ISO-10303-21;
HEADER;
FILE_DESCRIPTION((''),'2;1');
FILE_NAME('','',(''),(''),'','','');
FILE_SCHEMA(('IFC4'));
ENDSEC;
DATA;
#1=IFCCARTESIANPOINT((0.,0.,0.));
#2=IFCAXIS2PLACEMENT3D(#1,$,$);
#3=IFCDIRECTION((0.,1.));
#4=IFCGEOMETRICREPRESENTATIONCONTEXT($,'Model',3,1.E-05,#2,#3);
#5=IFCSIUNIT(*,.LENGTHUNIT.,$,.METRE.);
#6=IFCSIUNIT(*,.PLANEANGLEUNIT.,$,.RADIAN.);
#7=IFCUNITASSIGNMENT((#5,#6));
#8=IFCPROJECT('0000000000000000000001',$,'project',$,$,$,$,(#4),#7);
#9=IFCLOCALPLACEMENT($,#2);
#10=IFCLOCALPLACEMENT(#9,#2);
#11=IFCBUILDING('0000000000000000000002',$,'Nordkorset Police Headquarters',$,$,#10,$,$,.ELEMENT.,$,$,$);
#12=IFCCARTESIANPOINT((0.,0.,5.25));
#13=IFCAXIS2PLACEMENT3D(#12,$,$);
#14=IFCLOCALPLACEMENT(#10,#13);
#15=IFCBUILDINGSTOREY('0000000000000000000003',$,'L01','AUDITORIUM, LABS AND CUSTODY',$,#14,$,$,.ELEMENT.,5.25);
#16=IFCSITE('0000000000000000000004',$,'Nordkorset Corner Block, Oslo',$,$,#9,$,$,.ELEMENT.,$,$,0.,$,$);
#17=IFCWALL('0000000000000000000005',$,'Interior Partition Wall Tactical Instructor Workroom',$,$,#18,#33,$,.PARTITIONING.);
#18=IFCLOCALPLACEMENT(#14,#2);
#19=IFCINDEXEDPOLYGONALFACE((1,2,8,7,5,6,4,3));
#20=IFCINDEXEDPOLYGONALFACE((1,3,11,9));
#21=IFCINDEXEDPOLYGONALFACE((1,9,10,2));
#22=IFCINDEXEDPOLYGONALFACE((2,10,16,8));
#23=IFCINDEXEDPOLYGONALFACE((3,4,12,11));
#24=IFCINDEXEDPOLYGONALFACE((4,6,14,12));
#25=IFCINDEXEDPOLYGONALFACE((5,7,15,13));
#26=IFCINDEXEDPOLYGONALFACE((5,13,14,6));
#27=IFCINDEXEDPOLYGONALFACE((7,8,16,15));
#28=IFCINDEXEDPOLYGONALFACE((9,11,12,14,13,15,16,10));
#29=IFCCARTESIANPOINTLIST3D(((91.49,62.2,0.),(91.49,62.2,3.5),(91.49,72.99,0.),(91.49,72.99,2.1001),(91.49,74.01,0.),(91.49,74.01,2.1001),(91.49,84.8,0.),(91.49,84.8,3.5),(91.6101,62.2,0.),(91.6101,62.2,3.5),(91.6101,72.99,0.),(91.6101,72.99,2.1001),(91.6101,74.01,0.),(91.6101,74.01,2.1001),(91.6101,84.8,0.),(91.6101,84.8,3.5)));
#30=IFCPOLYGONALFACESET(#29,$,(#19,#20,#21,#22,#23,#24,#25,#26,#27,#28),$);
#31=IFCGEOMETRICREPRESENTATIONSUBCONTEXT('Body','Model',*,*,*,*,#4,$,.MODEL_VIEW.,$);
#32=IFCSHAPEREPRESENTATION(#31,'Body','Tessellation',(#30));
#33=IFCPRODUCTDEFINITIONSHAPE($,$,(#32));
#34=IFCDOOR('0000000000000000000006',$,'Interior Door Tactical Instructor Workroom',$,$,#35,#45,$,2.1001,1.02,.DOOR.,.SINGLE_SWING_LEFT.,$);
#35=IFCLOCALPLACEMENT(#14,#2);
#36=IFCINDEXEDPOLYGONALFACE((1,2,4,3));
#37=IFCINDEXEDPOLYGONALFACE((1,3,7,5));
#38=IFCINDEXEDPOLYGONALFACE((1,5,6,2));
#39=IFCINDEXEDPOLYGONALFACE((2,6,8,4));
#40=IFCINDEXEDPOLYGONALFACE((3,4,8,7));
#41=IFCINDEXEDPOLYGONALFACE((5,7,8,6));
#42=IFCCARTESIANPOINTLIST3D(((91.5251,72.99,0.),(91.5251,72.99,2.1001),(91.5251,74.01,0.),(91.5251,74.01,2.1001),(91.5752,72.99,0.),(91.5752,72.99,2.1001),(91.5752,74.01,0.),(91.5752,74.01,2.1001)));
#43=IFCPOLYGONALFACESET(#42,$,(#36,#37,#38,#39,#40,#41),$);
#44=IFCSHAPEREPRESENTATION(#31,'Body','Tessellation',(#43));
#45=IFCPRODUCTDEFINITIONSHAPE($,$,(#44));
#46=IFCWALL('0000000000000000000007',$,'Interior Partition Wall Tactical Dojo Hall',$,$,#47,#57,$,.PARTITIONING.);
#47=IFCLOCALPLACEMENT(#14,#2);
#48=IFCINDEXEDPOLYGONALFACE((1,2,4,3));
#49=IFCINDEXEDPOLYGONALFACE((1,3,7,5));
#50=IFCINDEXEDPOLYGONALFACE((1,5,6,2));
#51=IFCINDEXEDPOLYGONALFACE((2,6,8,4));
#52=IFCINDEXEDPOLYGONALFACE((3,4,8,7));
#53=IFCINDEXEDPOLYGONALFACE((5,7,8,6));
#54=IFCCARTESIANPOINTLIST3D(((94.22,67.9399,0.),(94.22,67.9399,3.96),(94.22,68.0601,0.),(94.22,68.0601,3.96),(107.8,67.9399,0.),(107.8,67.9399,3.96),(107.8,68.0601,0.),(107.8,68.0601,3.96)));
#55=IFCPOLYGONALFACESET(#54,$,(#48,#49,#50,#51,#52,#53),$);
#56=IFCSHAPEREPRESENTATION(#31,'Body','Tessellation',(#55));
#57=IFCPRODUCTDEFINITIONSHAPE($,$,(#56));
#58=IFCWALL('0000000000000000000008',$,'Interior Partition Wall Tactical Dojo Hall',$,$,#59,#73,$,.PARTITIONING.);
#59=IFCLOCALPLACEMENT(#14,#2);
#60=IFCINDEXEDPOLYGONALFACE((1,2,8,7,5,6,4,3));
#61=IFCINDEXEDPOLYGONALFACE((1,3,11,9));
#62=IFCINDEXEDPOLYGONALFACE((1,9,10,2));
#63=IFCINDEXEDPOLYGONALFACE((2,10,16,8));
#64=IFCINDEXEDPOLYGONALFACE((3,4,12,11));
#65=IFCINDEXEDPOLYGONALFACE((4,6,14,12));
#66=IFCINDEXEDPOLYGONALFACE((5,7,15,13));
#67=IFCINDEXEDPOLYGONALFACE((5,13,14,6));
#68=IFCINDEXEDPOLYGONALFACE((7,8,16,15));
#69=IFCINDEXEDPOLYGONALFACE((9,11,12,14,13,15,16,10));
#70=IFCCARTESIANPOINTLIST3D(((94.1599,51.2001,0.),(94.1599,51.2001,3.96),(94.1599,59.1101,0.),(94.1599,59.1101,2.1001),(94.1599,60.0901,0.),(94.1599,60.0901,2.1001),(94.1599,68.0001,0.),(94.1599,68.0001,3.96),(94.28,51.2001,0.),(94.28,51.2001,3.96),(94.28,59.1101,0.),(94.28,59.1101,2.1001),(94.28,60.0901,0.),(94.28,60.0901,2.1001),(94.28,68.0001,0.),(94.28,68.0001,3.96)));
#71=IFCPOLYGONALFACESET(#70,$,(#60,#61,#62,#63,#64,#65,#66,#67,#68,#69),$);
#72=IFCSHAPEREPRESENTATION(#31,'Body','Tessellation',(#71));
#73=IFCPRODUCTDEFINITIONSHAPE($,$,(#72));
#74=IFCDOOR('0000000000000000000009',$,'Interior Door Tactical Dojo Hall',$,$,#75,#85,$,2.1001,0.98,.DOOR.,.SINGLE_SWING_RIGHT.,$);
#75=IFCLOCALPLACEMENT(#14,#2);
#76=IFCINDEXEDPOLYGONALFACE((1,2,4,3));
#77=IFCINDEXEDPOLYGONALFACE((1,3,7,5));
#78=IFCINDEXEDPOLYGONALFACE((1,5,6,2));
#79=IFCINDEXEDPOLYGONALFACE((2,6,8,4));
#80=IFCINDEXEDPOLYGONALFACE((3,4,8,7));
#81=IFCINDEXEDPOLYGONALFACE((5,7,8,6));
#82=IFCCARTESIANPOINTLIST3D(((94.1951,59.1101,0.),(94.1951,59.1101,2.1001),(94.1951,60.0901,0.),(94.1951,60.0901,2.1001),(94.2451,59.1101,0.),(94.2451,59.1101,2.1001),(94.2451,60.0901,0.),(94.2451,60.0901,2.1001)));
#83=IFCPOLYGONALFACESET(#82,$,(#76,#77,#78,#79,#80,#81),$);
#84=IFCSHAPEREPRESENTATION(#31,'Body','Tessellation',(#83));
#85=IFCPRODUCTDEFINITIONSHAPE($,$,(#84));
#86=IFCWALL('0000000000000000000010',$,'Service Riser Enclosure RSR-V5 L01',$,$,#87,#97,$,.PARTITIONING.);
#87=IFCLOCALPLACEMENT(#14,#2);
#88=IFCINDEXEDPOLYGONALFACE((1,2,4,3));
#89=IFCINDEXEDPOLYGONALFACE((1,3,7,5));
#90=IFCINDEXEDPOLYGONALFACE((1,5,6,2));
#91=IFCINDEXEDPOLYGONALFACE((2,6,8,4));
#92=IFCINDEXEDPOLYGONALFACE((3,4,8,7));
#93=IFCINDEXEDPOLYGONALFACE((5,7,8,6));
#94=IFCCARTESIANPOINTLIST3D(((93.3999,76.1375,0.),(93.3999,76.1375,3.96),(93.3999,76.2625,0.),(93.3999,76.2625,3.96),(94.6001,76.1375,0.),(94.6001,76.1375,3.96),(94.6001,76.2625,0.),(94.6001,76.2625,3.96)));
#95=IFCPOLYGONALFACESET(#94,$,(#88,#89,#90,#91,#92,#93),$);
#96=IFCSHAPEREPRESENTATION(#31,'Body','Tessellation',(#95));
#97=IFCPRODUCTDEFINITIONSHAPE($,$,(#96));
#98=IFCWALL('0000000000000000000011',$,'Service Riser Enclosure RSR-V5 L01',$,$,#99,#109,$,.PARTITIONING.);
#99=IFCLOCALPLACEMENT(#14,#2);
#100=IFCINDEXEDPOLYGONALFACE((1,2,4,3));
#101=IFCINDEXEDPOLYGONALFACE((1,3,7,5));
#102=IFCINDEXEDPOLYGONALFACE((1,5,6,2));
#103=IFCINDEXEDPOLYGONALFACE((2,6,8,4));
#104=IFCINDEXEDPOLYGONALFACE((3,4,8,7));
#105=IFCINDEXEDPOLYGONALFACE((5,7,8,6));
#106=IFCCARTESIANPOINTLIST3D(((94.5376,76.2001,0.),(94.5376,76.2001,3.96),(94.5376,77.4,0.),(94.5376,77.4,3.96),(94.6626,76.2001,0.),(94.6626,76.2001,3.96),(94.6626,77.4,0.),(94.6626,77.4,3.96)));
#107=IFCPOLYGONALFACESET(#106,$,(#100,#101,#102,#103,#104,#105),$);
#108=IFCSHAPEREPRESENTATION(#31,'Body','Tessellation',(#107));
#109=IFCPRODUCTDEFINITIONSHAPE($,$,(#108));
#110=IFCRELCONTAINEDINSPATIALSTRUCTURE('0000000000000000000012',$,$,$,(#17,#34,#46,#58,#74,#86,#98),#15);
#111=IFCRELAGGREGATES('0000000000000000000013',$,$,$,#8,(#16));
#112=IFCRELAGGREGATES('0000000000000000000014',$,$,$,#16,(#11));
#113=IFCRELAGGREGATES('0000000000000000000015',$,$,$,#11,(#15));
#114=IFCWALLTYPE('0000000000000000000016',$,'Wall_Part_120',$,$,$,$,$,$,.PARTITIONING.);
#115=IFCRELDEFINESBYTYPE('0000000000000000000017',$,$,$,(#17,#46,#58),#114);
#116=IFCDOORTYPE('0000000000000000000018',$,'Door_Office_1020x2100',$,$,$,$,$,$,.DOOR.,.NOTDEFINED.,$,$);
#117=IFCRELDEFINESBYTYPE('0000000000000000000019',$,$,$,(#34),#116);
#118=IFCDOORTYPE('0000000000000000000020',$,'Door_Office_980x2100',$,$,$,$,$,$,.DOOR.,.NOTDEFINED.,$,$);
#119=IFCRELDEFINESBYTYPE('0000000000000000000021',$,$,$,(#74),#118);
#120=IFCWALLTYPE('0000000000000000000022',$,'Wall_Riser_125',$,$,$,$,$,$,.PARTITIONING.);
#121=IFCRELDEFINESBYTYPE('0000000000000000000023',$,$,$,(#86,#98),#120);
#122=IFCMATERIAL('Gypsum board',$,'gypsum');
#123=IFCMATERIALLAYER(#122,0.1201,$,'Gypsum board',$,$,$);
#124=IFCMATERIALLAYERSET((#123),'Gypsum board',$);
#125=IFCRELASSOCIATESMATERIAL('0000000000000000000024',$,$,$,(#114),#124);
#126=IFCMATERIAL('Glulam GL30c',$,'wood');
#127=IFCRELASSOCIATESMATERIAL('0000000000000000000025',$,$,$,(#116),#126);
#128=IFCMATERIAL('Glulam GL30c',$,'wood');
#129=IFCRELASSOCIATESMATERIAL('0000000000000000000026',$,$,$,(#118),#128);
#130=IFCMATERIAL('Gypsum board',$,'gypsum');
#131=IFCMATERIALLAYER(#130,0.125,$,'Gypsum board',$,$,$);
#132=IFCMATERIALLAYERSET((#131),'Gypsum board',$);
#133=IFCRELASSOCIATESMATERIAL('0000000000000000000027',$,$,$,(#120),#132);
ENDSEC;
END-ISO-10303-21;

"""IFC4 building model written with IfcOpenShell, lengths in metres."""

from ifc_helpers import new_model, si_unit, direction, frame, frame_2d, origin, place, context, subcontext, project, spatial, rectangle, extrude, material, layer, layer_set, type_object, element, fill, save


model = new_model("IFC4")

# Units and contexts
model_context = context("Model", 3, precision=1e-05, world=origin(), true_north=direction((0.0, 1.0)))
body_context = subcontext(model_context, "Body", "Model", "MODEL_VIEW")
ifc_project = project(units=[si_unit("LENGTHUNIT", "METRE"), si_unit("PLANEANGLEUNIT", "RADIAN")], contexts=[model_context])

# Site, building, storey
site_placement = place(None, origin())
site = spatial("IfcSite", under=ifc_project, at=site_placement, Name="Nordkorset Corner Block, Oslo", CompositionType="ELEMENT", RefElevation=0.0)
building_placement = place(site_placement, origin())
building = spatial("IfcBuilding", under=site, at=building_placement, Name="Nordkorset Police Headquarters", CompositionType="ELEMENT")
storey_placement = place(building_placement, frame((0.0, 0.0, 5.25)))
storey = spatial("IfcBuildingStorey", under=building, at=storey_placement, Name="L01", Description="AUDITORIUM, LABS AND CUSTODY", CompositionType="ELEMENT", Elevation=5.25)

# Shared definitions
ifc_material_1 = material(Name="Gypsum board", Category="gypsum")
ifc_layer_1 = layer(ifc_material_1, 0.1201, Name="Gypsum board")
ifc_layer_set_1 = layer_set([ifc_layer_1], Name="Gypsum board")
wall_type_1 = type_object("IfcWallType", Name="Wall_Part_120", PredefinedType="PARTITIONING", material=ifc_layer_set_1)

# Wall, opening, door
wall_1_placement = place(storey_placement, frame((91.55, 62.2, 0.0), z_axis=(0.0, 0.0, 1.0), x_axis=(0.0, 1.0, 0.0)))
wall_1 = element("IfcWall", 1, at=wall_1_placement, inside=storey, type_object=wall_type_1, Name="Interior Partition Wall Tactical Instructor Workroom", PredefinedType="PARTITIONING", context=body_context, shape_type="SweptSolid", body=[
    extrude(rectangle(XDim=22.6001, YDim=0.1201, at=frame_2d((11.3, 0.0))), origin(), (0.0, 0.0, 1.0), 3.5),
])
opening_1_placement = place(wall_1_placement, frame((10.79, 0.0, 0.0)))
opening_1 = element("IfcOpeningElement", 2, at=opening_1_placement, cuts=wall_1, PredefinedType="OPENING", context=body_context, shape_type="SweptSolid", body=[
    extrude(rectangle(XDim=1.02, YDim=2.1001, at=frame_2d((0.51, 1.05))), frame((0.0, 0.0701, 0.0), z_axis=(0.0, -1.0, 0.0), x_axis=(1.0, 0.0, 0.0)), (0.0, 0.0, 1.0), 0.1401),
])
ifc_material_2 = material(Name="Glulam GL30c", Category="wood")
door_type_1 = type_object("IfcDoorType", Name="Door_Office_1020x2100", OperationType="NOTDEFINED", PredefinedType="DOOR", material=ifc_material_2)
door_1_placement = place(opening_1_placement, origin())
door_1 = element("IfcDoor", 3, at=door_1_placement, inside=storey, type_object=door_type_1, Name="Interior Door Tactical Instructor Workroom", OperationType="SINGLE_SWING_LEFT", OverallHeight=2.1001, OverallWidth=1.02, PredefinedType="DOOR", context=body_context, shape_type="SweptSolid", body=[
    extrude(rectangle(XDim=1.02, YDim=2.1001, at=frame_2d((0.51, 1.05))), frame((0.0, 0.0249, 0.0), z_axis=(0.0, -1.0, 0.0), x_axis=(1.0, 0.0, 0.0)), (0.0, 0.0, 1.0), 0.05),
])
fill(opening_1, door_1)

# Wall
wall_2_placement = place(storey_placement, frame((107.8, 68.0, 0.0), z_axis=(0.0, 0.0, 1.0), x_axis=(-1.0, 0.0, 0.0)))
element("IfcWall", 4, at=wall_2_placement, inside=storey, type_object=wall_type_1, Name="Interior Partition Wall Tactical Dojo Hall", PredefinedType="PARTITIONING", context=body_context, shape_type="SweptSolid", body=[
    extrude(rectangle(XDim=13.5801, YDim=0.1201, at=frame_2d((6.79, 0.0))), origin(), (0.0, 0.0, 1.0), 3.96),
])

# Wall, opening, door
wall_3_placement = place(storey_placement, frame((94.22, 68.0, 0.0), z_axis=(0.0, 0.0, 1.0), x_axis=(0.0, -1.0, 0.0)))
wall_3 = element("IfcWall", 5, at=wall_3_placement, inside=storey, type_object=wall_type_1, Name="Interior Partition Wall Tactical Dojo Hall", PredefinedType="PARTITIONING", context=body_context, shape_type="SweptSolid", body=[
    extrude(rectangle(XDim=16.8, YDim=0.1201, at=frame_2d((8.3999, 0.0))), origin(), (0.0, 0.0, 1.0), 3.96),
])
opening_2_placement = place(wall_3_placement, frame((7.9099, 0.0, 0.0)))
opening_2 = element("IfcOpeningElement", 6, at=opening_2_placement, cuts=wall_3, PredefinedType="OPENING", context=body_context, shape_type="SweptSolid", body=[
    extrude(rectangle(XDim=0.98, YDim=2.1001, at=frame_2d((0.49, 1.05))), frame((0.0, 0.0701, 0.0), z_axis=(0.0, -1.0, 0.0), x_axis=(1.0, 0.0, 0.0)), (0.0, 0.0, 1.0), 0.1401),
])
ifc_material_3 = material(Name="Glulam GL30c", Category="wood")
door_type_2 = type_object("IfcDoorType", Name="Door_Office_980x2100", OperationType="NOTDEFINED", PredefinedType="DOOR", material=ifc_material_3)
door_2_placement = place(opening_2_placement, frame((0.98, 0.0, 0.0), z_axis=(0.0, 0.0, 1.0), x_axis=(-1.0, 0.0, 0.0)))
door_2 = element("IfcDoor", 7, at=door_2_placement, inside=storey, type_object=door_type_2, Name="Interior Door Tactical Dojo Hall", OperationType="SINGLE_SWING_RIGHT", OverallHeight=2.1001, OverallWidth=0.98, PredefinedType="DOOR", context=body_context, shape_type="SweptSolid", body=[
    extrude(rectangle(XDim=0.98, YDim=2.1001, at=frame_2d((0.49, 1.05))), frame((0.0, 0.0249, 0.0), z_axis=(0.0, -1.0, 0.0), x_axis=(1.0, 0.0, 0.0)), (0.0, 0.0, 1.0), 0.05),
])
fill(opening_2, door_2)

# Walls
ifc_material_4 = material(Name="Gypsum board", Category="gypsum")
ifc_layer_2 = layer(ifc_material_4, 0.125, Name="Gypsum board")
ifc_layer_set_2 = layer_set([ifc_layer_2], Name="Gypsum board")
wall_type_2 = type_object("IfcWallType", Name="Wall_Riser_125", PredefinedType="PARTITIONING", material=ifc_layer_set_2)
wall_4_placement = place(storey_placement, frame((93.3999, 76.2, 0.0), z_axis=(0.0, 0.0, 1.0), x_axis=(1.0, 0.0, 0.0)))
element("IfcWall", 8, at=wall_4_placement, inside=storey, type_object=wall_type_2, Name="Service Riser Enclosure RSR-V5 L01", PredefinedType="PARTITIONING", context=body_context, shape_type="SweptSolid", body=[
    extrude(rectangle(XDim=1.2002, YDim=0.125, at=frame_2d((0.6001, 0.0))), origin(), (0.0, 0.0, 1.0), 3.96),
])
wall_5_placement = place(storey_placement, frame((94.6001, 76.2, 0.0), z_axis=(0.0, 0.0, 1.0), x_axis=(0.0, 1.0, 0.0)))
element("IfcWall", 9, at=wall_5_placement, inside=storey, type_object=wall_type_2, Name="Service Riser Enclosure RSR-V5 L01", PredefinedType="PARTITIONING", context=body_context, shape_type="SweptSolid", body=[
    extrude(rectangle(XDim=1.2, YDim=0.125, at=frame_2d((0.6001, 0.0))), origin(), (0.0, 0.0, 1.0), 3.96),
])

save(model, "model.ifc")
